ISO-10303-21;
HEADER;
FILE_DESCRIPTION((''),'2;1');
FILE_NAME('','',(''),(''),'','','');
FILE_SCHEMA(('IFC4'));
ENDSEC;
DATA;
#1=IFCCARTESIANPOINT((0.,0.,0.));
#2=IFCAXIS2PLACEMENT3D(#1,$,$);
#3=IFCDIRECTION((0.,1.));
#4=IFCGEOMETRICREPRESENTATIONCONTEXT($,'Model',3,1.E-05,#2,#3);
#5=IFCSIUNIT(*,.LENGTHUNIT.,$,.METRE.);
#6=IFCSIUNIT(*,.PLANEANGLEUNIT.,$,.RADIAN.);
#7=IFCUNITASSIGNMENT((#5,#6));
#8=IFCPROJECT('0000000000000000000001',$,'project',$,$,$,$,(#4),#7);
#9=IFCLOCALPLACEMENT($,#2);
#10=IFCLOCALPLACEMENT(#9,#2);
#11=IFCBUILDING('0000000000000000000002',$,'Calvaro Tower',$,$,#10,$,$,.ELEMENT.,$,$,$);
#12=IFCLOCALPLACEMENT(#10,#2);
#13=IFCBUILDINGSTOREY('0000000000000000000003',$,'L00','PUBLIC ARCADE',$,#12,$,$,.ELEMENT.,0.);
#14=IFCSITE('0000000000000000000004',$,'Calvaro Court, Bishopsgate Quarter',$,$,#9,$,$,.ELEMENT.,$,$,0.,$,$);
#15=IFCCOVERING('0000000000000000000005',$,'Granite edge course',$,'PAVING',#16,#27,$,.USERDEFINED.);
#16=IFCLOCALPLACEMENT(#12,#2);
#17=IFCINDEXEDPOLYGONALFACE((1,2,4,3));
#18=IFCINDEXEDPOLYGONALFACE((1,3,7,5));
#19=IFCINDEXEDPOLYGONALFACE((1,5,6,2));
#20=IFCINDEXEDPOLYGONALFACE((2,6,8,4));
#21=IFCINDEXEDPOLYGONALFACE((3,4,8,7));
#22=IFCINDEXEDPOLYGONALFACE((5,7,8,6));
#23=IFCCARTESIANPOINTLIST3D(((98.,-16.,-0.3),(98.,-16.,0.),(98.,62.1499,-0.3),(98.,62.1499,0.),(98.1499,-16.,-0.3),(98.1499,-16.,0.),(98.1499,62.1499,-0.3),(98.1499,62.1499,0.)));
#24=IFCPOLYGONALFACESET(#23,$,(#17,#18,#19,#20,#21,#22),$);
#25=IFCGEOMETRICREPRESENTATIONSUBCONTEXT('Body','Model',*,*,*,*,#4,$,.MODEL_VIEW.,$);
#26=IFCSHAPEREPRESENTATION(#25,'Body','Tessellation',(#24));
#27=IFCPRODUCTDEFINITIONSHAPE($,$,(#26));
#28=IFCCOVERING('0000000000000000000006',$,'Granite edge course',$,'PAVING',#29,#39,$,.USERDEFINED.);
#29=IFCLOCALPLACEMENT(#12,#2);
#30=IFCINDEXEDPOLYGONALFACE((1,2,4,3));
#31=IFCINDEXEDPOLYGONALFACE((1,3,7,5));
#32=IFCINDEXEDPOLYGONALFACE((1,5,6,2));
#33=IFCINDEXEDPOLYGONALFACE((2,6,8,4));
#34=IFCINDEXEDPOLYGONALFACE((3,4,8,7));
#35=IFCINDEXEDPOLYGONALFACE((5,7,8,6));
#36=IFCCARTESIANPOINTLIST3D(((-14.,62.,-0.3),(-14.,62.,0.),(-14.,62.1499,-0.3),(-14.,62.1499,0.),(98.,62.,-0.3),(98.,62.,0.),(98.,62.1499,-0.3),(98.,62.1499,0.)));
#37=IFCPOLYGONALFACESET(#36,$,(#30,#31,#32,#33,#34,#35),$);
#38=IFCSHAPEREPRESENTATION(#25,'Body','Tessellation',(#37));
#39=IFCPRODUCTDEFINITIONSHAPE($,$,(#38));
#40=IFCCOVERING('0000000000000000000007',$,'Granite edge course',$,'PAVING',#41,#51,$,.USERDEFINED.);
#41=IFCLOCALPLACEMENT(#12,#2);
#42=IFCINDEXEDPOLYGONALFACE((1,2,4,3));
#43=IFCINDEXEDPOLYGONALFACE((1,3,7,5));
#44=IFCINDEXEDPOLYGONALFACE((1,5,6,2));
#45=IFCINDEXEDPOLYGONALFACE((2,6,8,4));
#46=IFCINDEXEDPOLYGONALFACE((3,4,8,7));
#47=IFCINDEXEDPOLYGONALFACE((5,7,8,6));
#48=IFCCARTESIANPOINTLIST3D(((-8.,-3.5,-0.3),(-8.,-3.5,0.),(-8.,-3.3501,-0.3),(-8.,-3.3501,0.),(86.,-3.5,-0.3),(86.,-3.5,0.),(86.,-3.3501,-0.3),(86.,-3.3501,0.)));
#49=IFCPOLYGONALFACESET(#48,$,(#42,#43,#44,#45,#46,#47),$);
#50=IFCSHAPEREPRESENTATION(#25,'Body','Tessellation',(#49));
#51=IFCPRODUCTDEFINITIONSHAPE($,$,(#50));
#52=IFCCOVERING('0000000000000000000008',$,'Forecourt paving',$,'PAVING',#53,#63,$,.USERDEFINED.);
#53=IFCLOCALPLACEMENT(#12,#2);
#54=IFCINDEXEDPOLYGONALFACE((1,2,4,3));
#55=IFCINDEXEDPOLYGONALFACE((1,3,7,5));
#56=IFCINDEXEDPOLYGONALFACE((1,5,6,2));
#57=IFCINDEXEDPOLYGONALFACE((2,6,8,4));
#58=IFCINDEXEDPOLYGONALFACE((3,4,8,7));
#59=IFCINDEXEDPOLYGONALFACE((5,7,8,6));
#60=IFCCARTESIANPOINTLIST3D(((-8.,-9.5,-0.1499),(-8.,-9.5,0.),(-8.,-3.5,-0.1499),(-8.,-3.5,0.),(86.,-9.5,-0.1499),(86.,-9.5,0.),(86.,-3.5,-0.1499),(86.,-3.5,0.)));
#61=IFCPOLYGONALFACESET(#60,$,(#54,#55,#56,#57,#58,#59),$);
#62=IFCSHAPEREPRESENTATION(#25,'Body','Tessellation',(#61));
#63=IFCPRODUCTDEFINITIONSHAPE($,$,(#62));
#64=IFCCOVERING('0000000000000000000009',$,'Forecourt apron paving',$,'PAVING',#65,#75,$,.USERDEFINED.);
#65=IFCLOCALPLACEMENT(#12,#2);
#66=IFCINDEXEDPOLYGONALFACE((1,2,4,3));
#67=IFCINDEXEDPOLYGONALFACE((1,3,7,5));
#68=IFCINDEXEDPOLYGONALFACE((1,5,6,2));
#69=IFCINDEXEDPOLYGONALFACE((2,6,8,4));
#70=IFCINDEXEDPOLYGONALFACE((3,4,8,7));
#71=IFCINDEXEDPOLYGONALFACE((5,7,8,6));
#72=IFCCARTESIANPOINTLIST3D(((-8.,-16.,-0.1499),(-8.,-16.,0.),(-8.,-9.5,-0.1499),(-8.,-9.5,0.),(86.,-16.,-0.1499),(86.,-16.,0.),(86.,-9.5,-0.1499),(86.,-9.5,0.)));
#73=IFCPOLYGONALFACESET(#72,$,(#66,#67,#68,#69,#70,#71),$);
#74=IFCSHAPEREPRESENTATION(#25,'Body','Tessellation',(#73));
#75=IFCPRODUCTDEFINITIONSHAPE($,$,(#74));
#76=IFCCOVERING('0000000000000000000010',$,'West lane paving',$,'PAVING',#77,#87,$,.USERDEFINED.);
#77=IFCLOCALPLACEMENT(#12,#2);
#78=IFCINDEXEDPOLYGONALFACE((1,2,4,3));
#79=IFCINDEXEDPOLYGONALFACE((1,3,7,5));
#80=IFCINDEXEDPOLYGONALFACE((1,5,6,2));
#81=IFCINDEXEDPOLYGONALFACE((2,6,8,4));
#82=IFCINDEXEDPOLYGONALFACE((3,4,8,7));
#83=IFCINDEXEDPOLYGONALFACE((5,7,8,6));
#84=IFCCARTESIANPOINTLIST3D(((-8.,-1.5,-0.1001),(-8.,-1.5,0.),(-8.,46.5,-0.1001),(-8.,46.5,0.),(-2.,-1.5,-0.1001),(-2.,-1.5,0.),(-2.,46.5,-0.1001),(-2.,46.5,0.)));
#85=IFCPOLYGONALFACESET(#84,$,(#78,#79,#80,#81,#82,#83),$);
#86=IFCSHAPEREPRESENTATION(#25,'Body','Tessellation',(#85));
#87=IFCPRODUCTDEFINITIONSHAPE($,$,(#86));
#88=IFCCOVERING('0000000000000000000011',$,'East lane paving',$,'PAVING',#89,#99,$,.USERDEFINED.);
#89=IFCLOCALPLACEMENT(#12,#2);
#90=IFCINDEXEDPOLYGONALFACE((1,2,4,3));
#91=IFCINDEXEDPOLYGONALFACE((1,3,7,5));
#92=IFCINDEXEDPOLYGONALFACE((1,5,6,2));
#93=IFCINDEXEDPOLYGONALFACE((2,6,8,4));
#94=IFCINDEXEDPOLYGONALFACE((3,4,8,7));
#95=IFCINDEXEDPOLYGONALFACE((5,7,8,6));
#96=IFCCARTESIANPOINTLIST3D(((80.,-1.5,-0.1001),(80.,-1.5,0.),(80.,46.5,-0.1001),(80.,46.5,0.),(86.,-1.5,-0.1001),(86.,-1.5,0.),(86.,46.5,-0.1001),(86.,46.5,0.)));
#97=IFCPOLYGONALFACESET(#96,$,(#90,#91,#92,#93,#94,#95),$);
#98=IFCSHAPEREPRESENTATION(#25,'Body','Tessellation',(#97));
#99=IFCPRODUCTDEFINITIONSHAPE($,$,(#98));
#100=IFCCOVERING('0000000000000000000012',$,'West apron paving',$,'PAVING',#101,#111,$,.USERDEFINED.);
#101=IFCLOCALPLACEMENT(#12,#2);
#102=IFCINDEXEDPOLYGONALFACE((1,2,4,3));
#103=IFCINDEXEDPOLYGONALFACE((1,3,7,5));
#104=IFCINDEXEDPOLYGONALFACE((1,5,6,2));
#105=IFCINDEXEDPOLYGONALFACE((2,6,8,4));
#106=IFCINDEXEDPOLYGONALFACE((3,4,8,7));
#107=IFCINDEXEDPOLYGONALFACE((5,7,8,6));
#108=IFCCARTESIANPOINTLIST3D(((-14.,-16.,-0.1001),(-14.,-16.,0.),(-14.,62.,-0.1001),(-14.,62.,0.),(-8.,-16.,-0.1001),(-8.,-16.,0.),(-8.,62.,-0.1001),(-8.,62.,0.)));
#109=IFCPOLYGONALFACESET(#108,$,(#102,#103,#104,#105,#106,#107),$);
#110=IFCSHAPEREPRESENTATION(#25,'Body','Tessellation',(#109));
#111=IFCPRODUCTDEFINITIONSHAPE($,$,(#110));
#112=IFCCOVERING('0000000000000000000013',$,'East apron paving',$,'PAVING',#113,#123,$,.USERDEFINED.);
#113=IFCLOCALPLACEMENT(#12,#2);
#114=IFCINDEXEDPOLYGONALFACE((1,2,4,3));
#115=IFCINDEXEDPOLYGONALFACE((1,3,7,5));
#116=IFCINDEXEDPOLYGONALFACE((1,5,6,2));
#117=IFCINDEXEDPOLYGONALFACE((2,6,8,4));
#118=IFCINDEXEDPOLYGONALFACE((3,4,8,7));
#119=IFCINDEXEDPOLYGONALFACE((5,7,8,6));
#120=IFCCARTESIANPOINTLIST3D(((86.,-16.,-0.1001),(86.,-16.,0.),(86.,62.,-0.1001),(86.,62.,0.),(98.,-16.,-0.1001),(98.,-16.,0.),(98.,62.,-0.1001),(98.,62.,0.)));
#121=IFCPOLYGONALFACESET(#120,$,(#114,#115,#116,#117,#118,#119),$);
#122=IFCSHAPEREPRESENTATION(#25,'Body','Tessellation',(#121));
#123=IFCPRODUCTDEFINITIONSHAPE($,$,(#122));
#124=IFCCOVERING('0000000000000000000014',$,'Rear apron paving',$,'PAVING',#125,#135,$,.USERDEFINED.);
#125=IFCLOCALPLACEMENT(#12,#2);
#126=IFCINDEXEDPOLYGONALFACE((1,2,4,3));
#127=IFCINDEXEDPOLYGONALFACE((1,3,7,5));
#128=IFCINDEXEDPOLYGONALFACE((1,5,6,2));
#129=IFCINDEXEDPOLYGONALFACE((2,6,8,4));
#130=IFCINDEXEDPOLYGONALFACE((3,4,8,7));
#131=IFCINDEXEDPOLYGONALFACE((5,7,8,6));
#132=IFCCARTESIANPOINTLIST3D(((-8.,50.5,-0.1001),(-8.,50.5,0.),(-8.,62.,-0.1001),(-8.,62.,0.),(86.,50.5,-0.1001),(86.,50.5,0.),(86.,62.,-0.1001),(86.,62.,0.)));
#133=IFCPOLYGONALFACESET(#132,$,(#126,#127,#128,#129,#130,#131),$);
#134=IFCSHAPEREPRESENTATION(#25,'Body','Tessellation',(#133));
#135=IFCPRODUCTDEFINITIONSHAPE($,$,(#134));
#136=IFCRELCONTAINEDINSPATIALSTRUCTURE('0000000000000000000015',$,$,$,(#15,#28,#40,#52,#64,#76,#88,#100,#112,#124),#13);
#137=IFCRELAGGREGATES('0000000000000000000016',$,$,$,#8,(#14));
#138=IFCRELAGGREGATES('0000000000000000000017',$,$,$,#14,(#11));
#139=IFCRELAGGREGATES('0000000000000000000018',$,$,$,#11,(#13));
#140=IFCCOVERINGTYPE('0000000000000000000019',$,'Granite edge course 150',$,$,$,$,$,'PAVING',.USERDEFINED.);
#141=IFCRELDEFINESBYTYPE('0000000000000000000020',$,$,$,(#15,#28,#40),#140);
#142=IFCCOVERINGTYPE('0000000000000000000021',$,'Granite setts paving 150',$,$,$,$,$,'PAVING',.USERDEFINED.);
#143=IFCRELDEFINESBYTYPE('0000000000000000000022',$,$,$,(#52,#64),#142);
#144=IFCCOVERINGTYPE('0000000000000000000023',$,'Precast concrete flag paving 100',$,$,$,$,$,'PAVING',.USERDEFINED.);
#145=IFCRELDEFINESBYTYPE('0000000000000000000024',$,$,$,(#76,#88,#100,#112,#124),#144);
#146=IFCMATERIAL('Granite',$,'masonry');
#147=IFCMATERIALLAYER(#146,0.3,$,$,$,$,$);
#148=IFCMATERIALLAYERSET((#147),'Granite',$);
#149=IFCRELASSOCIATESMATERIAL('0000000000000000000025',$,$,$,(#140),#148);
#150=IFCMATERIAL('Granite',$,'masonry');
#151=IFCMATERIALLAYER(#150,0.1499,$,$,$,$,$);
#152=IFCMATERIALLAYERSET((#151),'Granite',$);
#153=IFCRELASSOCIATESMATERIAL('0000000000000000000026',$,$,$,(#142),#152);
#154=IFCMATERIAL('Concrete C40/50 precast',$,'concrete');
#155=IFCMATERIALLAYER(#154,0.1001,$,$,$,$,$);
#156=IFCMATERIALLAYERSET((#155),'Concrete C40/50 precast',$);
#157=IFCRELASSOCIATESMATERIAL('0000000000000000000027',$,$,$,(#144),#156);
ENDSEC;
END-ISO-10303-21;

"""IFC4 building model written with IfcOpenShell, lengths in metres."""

from ifc_helpers import new_model, si_unit, direction, frame, origin, place, context, subcontext, project, spatial, polyline, outline, extrude, material, layer, layer_set, type_object, element, save


model = new_model("IFC4")

# Units and contexts
model_context = context("Model", 3, precision=1e-05, world=origin(), true_north=direction((0.0, 1.0)))
body_context = subcontext(model_context, "Body", "Model", "MODEL_VIEW")
ifc_project = project(units=[si_unit("LENGTHUNIT", "METRE"), si_unit("PLANEANGLEUNIT", "RADIAN")], contexts=[model_context])

# Site, building, storey
site_placement = place(None, origin())
site = spatial("IfcSite", under=ifc_project, at=site_placement, Name="Calvaro Court, Bishopsgate Quarter", CompositionType="ELEMENT", RefElevation=0.0)
building_placement = place(site_placement, origin())
building = spatial("IfcBuilding", under=site, at=building_placement, Name="Calvaro Tower", CompositionType="ELEMENT")
storey_placement = place(building_placement, origin())
storey = spatial("IfcBuildingStorey", under=building, at=storey_placement, Name="L00", Description="PUBLIC ARCADE", CompositionType="ELEMENT", Elevation=0.0)

# Coverings
ifc_material_1 = material(Name="Granite", Category="masonry")
ifc_layer_1 = layer(ifc_material_1, 0.3)
ifc_layer_set_1 = layer_set([ifc_layer_1], Name="Granite")
covering_type_1 = type_object("IfcCoveringType", Name="Granite edge course 150", ElementType="PAVING", PredefinedType="USERDEFINED", material=ifc_layer_set_1)
covering_1_placement = place(storey_placement, frame((0.0, 0.0, -0.3)))
element("IfcCovering", 1, at=covering_1_placement, inside=storey, type_object=covering_type_1, Name="Granite edge course", ObjectType="PAVING", PredefinedType="USERDEFINED", context=body_context, shape_type="SweptSolid", body=[
    extrude(outline(polyline([(98.0, -16.0), (98.1499, -16.0), (98.1499, 62.1499), (98.0, 62.1499), (98.0, -16.0)])), origin(), (0.0, 0.0, 1.0), 0.3),
])
covering_2_placement = place(storey_placement, frame((0.0, 0.0, -0.3)))
element("IfcCovering", 2, at=covering_2_placement, inside=storey, type_object=covering_type_1, Name="Granite edge course", ObjectType="PAVING", PredefinedType="USERDEFINED", context=body_context, shape_type="SweptSolid", body=[
    extrude(outline(polyline([(-14.0, 62.0), (98.0, 62.0), (98.0, 62.1499), (-14.0, 62.1499), (-14.0, 62.0)])), origin(), (0.0, 0.0, 1.0), 0.3),
])
covering_3_placement = place(storey_placement, frame((0.0, 0.0, -0.3)))
element("IfcCovering", 3, at=covering_3_placement, inside=storey, type_object=covering_type_1, Name="Granite edge course", ObjectType="PAVING", PredefinedType="USERDEFINED", context=body_context, shape_type="SweptSolid", body=[
    extrude(outline(polyline([(-8.0, -3.5), (86.0, -3.5), (86.0, -3.3501), (-8.0, -3.3501), (-8.0, -3.5)])), origin(), (0.0, 0.0, 1.0), 0.3),
])
ifc_material_2 = material(Name="Granite", Category="masonry")
ifc_layer_2 = layer(ifc_material_2, 0.1499)
ifc_layer_set_2 = layer_set([ifc_layer_2], Name="Granite")
covering_type_2 = type_object("IfcCoveringType", Name="Granite setts paving 150", ElementType="PAVING", PredefinedType="USERDEFINED", material=ifc_layer_set_2)
covering_4_placement = place(storey_placement, frame((0.0, 0.0, -0.1499)))
element("IfcCovering", 4, at=covering_4_placement, inside=storey, type_object=covering_type_2, Name="Forecourt paving", ObjectType="PAVING", PredefinedType="USERDEFINED", context=body_context, shape_type="SweptSolid", body=[
    extrude(outline(polyline([(-8.0, -9.5), (86.0, -9.5), (86.0, -3.5), (-8.0, -3.5), (-8.0, -9.5)])), origin(), (0.0, 0.0, 1.0), 0.1499),
])
covering_5_placement = place(storey_placement, frame((0.0, 0.0, -0.1499)))
element("IfcCovering", 5, at=covering_5_placement, inside=storey, type_object=covering_type_2, Name="Forecourt apron paving", ObjectType="PAVING", PredefinedType="USERDEFINED", context=body_context, shape_type="SweptSolid", body=[
    extrude(outline(polyline([(-8.0, -16.0), (86.0, -16.0), (86.0, -9.5), (-8.0, -9.5), (-8.0, -16.0)])), origin(), (0.0, 0.0, 1.0), 0.1499),
])
ifc_material_3 = material(Name="Concrete C40/50 precast", Category="concrete")
ifc_layer_3 = layer(ifc_material_3, 0.1001)
ifc_layer_set_3 = layer_set([ifc_layer_3], Name="Concrete C40/50 precast")
covering_type_3 = type_object("IfcCoveringType", Name="Precast concrete flag paving 100", ElementType="PAVING", PredefinedType="USERDEFINED", material=ifc_layer_set_3)
covering_6_placement = place(storey_placement, frame((0.0, 0.0, -0.1001)))
element("IfcCovering", 6, at=covering_6_placement, inside=storey, type_object=covering_type_3, Name="West lane paving", ObjectType="PAVING", PredefinedType="USERDEFINED", context=body_context, shape_type="SweptSolid", body=[
    extrude(outline(polyline([(-8.0, -1.5), (-2.0, -1.5), (-2.0, 46.5), (-8.0, 46.5), (-8.0, -1.5)])), origin(), (0.0, 0.0, 1.0), 0.1001),
])
covering_7_placement = place(storey_placement, frame((0.0, 0.0, -0.1001)))
element("IfcCovering", 7, at=covering_7_placement, inside=storey, type_object=covering_type_3, Name="East lane paving", ObjectType="PAVING", PredefinedType="USERDEFINED", context=body_context, shape_type="SweptSolid", body=[
    extrude(outline(polyline([(80.0, -1.5), (86.0, -1.5), (86.0, 46.5), (80.0, 46.5), (80.0, -1.5)])), origin(), (0.0, 0.0, 1.0), 0.1001),
])
covering_8_placement = place(storey_placement, frame((0.0, 0.0, -0.1001)))
element("IfcCovering", 8, at=covering_8_placement, inside=storey, type_object=covering_type_3, Name="West apron paving", ObjectType="PAVING", PredefinedType="USERDEFINED", context=body_context, shape_type="SweptSolid", body=[
    extrude(outline(polyline([(-14.0, -16.0), (-8.0, -16.0), (-8.0, 62.0), (-14.0, 62.0), (-14.0, -16.0)])), origin(), (0.0, 0.0, 1.0), 0.1001),
])
covering_9_placement = place(storey_placement, frame((0.0, 0.0, -0.1001)))
element("IfcCovering", 9, at=covering_9_placement, inside=storey, type_object=covering_type_3, Name="East apron paving", ObjectType="PAVING", PredefinedType="USERDEFINED", context=body_context, shape_type="SweptSolid", body=[
    extrude(outline(polyline([(86.0, -16.0), (98.0, -16.0), (98.0, 62.0), (86.0, 62.0), (86.0, -16.0)])), origin(), (0.0, 0.0, 1.0), 0.1001),
])
covering_10_placement = place(storey_placement, frame((0.0, 0.0, -0.1001)))
element("IfcCovering", 10, at=covering_10_placement, inside=storey, type_object=covering_type_3, Name="Rear apron paving", ObjectType="PAVING", PredefinedType="USERDEFINED", context=body_context, shape_type="SweptSolid", body=[
    extrude(outline(polyline([(-8.0, 50.5), (86.0, 50.5), (86.0, 62.0), (-8.0, 62.0), (-8.0, 50.5)])), origin(), (0.0, 0.0, 1.0), 0.1001),
])

save(model, "model.ifc")
